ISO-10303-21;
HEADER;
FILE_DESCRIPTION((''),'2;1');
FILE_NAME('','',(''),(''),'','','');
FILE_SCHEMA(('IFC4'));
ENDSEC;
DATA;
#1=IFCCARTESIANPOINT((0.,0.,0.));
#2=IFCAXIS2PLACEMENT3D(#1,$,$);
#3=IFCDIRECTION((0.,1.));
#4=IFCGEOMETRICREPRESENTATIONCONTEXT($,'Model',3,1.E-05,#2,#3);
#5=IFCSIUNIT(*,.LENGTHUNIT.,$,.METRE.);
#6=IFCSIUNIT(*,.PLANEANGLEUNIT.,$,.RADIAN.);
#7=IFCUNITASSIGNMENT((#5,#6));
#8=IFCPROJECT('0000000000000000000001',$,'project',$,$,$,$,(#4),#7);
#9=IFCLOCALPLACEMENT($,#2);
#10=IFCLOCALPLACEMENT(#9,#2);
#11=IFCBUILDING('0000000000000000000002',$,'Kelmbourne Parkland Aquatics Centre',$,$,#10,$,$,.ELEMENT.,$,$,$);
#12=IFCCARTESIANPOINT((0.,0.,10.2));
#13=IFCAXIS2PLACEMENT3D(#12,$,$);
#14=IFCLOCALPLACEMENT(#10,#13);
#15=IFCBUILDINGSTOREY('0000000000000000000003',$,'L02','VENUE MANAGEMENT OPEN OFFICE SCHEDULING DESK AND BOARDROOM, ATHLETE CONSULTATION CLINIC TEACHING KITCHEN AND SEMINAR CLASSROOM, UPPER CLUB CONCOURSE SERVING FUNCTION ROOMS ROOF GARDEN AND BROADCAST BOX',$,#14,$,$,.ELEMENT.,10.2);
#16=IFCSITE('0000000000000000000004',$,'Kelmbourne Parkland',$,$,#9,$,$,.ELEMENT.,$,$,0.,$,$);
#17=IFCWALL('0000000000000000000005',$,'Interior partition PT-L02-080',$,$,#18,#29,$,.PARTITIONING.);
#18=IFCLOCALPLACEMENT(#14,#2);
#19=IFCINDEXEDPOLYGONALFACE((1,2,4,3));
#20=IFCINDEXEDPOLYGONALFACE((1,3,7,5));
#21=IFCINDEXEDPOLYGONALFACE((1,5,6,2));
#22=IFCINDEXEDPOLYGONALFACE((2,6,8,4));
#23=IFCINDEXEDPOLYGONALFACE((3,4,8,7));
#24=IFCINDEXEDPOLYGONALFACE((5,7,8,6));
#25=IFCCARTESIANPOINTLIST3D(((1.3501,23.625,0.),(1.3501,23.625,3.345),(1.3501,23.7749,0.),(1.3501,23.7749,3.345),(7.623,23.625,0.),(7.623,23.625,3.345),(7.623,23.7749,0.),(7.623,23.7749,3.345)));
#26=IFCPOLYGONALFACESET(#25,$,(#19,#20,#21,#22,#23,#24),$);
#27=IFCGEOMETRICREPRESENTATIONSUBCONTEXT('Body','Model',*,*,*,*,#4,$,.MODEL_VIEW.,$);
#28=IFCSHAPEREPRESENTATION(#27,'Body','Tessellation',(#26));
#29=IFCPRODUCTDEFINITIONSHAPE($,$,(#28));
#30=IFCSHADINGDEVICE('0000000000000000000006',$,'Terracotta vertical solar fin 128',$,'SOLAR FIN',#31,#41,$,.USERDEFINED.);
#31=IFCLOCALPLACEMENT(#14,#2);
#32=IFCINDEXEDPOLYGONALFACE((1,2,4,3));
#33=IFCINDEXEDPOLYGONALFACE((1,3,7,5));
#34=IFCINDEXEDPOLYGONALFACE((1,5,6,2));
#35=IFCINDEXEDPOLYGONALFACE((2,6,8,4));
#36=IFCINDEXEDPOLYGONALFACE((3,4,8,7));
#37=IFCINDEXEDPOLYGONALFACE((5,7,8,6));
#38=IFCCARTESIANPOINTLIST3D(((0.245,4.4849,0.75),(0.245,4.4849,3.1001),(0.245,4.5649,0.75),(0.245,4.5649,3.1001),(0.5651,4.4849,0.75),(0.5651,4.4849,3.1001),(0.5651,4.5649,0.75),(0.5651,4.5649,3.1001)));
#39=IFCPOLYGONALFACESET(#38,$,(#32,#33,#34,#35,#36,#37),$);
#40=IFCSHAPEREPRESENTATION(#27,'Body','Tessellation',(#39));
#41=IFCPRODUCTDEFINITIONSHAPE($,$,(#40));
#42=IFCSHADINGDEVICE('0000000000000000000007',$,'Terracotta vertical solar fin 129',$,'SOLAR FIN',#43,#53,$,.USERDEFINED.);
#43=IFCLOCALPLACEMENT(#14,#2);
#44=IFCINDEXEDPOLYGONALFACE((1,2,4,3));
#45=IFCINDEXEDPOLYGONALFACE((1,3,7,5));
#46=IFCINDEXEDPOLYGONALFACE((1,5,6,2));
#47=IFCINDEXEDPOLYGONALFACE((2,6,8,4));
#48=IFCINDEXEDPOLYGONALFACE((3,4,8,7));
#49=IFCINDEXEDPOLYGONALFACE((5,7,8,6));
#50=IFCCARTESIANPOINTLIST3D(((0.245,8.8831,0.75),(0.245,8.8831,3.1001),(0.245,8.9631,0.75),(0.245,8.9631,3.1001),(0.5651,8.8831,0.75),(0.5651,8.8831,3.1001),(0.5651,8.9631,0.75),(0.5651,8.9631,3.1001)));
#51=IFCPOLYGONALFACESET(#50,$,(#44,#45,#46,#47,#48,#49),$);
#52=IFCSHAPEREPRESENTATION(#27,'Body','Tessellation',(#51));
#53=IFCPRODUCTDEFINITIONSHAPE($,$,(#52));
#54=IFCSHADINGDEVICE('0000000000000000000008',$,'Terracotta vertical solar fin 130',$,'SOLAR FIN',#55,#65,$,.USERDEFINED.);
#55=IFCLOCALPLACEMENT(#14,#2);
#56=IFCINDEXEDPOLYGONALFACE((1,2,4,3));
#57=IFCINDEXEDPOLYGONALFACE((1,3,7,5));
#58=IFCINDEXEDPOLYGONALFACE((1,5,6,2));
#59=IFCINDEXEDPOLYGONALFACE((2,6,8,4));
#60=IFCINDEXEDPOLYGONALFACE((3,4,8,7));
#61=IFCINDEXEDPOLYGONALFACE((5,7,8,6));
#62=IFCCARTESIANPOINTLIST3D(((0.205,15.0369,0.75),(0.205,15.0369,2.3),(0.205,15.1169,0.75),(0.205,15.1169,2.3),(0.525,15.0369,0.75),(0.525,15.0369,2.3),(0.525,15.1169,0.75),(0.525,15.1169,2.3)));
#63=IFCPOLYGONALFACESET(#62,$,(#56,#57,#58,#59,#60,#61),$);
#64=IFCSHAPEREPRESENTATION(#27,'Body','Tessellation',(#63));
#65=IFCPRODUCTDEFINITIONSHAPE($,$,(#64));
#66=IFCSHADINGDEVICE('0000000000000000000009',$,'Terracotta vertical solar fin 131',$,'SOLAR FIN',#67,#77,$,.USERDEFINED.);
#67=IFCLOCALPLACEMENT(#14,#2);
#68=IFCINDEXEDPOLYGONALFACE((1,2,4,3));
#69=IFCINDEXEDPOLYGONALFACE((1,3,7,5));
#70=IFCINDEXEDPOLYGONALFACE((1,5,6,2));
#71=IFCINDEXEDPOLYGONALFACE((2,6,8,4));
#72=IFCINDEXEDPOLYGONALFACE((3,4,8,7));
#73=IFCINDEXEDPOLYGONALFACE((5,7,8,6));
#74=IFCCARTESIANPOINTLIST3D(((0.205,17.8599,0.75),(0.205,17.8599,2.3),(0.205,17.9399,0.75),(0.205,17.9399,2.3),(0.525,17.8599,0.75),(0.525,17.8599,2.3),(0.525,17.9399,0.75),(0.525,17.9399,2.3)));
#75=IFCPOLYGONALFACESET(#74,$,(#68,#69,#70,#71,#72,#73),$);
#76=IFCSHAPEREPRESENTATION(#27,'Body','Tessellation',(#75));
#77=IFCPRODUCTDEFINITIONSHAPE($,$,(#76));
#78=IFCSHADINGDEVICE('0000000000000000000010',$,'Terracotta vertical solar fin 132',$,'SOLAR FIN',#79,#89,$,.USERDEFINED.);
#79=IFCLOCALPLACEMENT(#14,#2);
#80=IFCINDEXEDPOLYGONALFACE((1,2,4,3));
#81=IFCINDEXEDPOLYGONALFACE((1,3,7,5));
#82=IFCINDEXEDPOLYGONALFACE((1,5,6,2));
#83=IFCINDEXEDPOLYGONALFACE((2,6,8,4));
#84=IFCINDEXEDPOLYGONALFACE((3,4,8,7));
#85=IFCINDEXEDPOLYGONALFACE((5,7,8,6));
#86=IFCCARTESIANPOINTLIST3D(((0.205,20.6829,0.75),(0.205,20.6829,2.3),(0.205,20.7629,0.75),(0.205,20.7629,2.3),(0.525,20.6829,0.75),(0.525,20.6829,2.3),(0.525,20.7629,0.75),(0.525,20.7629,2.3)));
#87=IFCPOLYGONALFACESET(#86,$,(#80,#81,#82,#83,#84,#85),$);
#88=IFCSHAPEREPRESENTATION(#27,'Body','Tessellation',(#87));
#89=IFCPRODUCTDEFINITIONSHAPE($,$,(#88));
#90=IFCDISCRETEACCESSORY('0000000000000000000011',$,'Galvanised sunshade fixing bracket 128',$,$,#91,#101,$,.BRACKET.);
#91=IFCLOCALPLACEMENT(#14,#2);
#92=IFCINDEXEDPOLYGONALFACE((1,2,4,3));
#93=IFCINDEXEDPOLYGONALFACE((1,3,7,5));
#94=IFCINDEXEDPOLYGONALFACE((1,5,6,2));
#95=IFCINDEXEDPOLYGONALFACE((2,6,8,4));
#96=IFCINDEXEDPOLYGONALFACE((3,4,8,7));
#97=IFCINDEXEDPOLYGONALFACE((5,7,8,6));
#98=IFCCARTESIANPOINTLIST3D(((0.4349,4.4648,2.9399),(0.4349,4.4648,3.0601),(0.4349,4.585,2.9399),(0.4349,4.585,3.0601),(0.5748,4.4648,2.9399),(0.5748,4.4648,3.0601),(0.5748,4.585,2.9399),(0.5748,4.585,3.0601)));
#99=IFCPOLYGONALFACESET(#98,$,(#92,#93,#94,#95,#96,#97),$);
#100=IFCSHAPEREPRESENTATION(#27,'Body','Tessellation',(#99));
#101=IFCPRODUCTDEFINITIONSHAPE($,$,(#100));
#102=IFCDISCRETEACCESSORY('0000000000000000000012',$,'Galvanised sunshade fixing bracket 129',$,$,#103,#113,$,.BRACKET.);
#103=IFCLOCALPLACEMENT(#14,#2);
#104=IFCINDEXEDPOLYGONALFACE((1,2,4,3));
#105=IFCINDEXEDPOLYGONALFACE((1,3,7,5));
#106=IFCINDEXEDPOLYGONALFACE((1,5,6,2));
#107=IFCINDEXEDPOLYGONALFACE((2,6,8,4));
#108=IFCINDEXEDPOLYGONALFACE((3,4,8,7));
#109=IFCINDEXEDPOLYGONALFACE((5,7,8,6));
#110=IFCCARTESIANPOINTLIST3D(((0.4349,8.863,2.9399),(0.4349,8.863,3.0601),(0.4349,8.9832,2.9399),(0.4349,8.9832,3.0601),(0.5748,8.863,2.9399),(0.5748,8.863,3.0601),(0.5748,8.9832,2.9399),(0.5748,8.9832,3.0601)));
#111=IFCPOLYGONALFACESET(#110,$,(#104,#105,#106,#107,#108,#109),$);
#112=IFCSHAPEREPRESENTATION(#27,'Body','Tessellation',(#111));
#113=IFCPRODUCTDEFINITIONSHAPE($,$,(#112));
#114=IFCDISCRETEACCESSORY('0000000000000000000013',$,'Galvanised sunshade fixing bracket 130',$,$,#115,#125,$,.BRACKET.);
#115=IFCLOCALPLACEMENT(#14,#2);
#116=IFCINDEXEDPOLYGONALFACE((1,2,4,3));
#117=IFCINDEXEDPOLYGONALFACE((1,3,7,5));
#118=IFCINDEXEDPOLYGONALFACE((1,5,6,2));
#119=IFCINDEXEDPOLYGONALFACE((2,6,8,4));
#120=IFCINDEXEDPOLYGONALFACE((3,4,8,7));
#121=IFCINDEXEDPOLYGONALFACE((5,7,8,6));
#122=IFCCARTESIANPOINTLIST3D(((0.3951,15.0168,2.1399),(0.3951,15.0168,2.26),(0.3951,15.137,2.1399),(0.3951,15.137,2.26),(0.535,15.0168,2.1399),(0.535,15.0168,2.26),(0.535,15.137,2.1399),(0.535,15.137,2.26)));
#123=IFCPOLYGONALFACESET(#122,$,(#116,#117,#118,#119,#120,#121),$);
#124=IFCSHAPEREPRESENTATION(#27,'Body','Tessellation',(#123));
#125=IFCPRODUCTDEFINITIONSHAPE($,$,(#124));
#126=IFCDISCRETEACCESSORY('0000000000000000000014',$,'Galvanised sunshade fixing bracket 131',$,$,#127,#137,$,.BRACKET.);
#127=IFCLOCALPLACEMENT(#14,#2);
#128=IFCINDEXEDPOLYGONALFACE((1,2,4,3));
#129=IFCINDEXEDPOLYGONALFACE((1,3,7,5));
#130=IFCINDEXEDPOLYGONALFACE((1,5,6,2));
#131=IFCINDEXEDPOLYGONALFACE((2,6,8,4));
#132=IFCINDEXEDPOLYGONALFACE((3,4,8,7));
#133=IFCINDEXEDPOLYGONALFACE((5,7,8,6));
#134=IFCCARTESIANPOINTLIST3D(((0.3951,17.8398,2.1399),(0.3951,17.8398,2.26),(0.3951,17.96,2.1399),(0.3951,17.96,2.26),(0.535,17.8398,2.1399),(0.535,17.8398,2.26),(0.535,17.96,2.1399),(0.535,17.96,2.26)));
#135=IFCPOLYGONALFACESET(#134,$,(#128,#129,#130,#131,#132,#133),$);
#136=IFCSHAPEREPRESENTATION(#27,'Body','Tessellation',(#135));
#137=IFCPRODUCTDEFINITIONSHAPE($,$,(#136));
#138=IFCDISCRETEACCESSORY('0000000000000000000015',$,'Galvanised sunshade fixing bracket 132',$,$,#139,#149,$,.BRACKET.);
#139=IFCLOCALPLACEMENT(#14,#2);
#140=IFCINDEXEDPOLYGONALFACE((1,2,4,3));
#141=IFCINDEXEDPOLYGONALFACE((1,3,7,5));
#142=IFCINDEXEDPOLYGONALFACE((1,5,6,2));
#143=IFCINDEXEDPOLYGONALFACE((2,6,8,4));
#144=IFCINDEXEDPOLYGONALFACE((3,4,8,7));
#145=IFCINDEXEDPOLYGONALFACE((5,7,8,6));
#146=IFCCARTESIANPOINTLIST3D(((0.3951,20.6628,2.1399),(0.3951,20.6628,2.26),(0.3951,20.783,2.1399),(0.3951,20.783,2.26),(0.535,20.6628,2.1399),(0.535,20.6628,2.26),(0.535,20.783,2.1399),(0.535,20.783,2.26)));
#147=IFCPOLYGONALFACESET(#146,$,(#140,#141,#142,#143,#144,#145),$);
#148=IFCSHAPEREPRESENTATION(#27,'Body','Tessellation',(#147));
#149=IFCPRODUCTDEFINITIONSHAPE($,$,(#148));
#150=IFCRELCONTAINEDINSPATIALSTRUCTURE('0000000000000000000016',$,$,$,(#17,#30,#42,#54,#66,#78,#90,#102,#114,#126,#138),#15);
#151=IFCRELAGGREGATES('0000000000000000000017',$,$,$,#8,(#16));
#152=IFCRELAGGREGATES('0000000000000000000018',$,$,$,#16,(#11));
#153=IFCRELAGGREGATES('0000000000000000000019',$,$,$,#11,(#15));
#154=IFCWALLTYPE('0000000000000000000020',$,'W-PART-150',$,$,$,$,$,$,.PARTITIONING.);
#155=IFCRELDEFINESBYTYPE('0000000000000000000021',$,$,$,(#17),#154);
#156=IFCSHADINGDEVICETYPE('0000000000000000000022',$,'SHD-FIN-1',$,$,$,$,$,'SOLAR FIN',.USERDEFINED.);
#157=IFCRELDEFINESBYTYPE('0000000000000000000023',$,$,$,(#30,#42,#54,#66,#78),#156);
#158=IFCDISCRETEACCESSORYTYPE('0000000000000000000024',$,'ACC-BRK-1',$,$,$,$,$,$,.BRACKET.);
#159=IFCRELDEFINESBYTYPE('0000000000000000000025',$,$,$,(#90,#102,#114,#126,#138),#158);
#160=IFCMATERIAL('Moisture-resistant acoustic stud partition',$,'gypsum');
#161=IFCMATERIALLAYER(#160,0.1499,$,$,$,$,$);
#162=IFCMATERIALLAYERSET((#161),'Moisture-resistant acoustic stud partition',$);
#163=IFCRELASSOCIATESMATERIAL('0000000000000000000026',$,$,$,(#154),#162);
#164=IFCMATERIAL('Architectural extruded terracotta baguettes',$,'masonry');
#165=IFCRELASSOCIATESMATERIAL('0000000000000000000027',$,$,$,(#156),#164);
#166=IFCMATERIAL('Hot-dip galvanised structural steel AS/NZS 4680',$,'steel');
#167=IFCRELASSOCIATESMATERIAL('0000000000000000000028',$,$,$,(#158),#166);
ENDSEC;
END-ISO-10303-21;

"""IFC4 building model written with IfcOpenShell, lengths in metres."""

from ifc_helpers import new_model, si_unit, direction, frame, frame_2d, origin, origin_2d, place, context, subcontext, project, spatial, rectangle, extrude, material, layer, layer_set, type_object, element, save


model = new_model("IFC4")

# Units and contexts
model_context = context("Model", 3, precision=1e-05, world=origin(), true_north=direction((0.0, 1.0)))
body_context = subcontext(model_context, "Body", "Model", "MODEL_VIEW")
ifc_project = project(units=[si_unit("LENGTHUNIT", "METRE"), si_unit("PLANEANGLEUNIT", "RADIAN")], contexts=[model_context])

# Site, building, storey
site_placement = place(None, origin())
site = spatial("IfcSite", under=ifc_project, at=site_placement, Name="Kelmbourne Parkland", CompositionType="ELEMENT", RefElevation=0.0)
building_placement = place(site_placement, origin())
building = spatial("IfcBuilding", under=site, at=building_placement, Name="Kelmbourne Parkland Aquatics Centre", CompositionType="ELEMENT")
storey_placement = place(building_placement, frame((0.0, 0.0, 10.2)))
storey = spatial("IfcBuildingStorey", under=building, at=storey_placement, Name="L02", Description="VENUE MANAGEMENT OPEN OFFICE SCHEDULING DESK AND BOARDROOM, ATHLETE CONSULTATION CLINIC TEACHING KITCHEN AND SEMINAR CLASSROOM, UPPER CLUB CONCOURSE SERVING FUNCTION ROOMS ROOF GARDEN AND BROADCAST BOX", CompositionType="ELEMENT", Elevation=10.2)

# Wall
ifc_material_1 = material(Name="Moisture-resistant acoustic stud partition", Category="gypsum")
ifc_layer_1 = layer(ifc_material_1, 0.1499)
ifc_layer_set_1 = layer_set([ifc_layer_1], Name="Moisture-resistant acoustic stud partition")
wall_type_1 = type_object("IfcWallType", Name="W-PART-150", PredefinedType="PARTITIONING", material=ifc_layer_set_1)
wall_1_placement = place(storey_placement, frame((1.3501, 23.7, 0.0), z_axis=(0.0, 0.0, 1.0), x_axis=(1.0, 0.0, 0.0)))
element("IfcWall", 1, at=wall_1_placement, inside=storey, type_object=wall_type_1, Name="Interior partition PT-L02-080", PredefinedType="PARTITIONING", context=body_context, shape_type="SweptSolid", body=[
    extrude(rectangle(XDim=6.2729, YDim=0.1499, at=frame_2d((3.1365, 0.0))), origin(), (0.0, 0.0, 1.0), 3.345),
])

# Shading devices
ifc_material_2 = material(Name="Architectural extruded terracotta baguettes", Category="masonry")
shading_device_type = type_object("IfcShadingDeviceType", Name="SHD-FIN-1", ElementType="SOLAR FIN", PredefinedType="USERDEFINED", material=ifc_material_2)
for number, where, z_axis, x_axis, name in (
    (2, (0.405, 4.5249, 0.75), (0.0, 0.0, 1.0), (0.0, 1.0, 0.0), "Terracotta vertical solar fin 128"),
    (3, (0.405, 8.9231, 0.75), (0.0, 0.0, 1.0), (0.0, 1.0, 0.0), "Terracotta vertical solar fin 129"),
):
    element("IfcShadingDevice", number, at=place(storey_placement, frame(where, z_axis=z_axis, x_axis=x_axis)), inside=storey, type_object=shading_device_type, Name=name, ObjectType="SOLAR FIN", PredefinedType="USERDEFINED", context=body_context, shape_type="SweptSolid", body=[
        extrude(rectangle(XDim=0.0801, YDim=0.3201, at=origin_2d()), origin(), (0.0, 0.0, 1.0), 2.3501),
    ])
for number, where, z_axis, x_axis, name in (
    (4, (0.365, 15.0769, 0.75), (0.0, 0.0, 1.0), (0.0, 1.0, 0.0), "Terracotta vertical solar fin 130"),
    (5, (0.365, 17.8999, 0.75), (0.0, 0.0, 1.0), (0.0, 1.0, 0.0), "Terracotta vertical solar fin 131"),
    (6, (0.365, 20.7229, 0.75), (0.0, 0.0, 1.0), (0.0, 1.0, 0.0), "Terracotta vertical solar fin 132"),
):
    element("IfcShadingDevice", number, at=place(storey_placement, frame(where, z_axis=z_axis, x_axis=x_axis)), inside=storey, type_object=shading_device_type, Name=name, ObjectType="SOLAR FIN", PredefinedType="USERDEFINED", context=body_context, shape_type="SweptSolid", body=[
        extrude(rectangle(XDim=0.0801, YDim=0.3201, at=origin_2d()), origin(), (0.0, 0.0, 1.0), 1.55),
    ])

# Discrete accessories
ifc_material_3 = material(Name="Hot-dip galvanised structural steel AS/NZS 4680", Category="steel")
discrete_accessory_type = type_object("IfcDiscreteAccessoryType", Name="ACC-BRK-1", PredefinedType="BRACKET", material=ifc_material_3)
for number, where, z_axis, x_axis, name in (
    (7, (0.5049, 4.5249, 2.9399), (0.0, 0.0, 1.0), (0.0, 1.0, 0.0), "Galvanised sunshade fixing bracket 128"),
    (8, (0.5049, 8.9231, 2.9399), (0.0, 0.0, 1.0), (0.0, 1.0, 0.0), "Galvanised sunshade fixing bracket 129"),
    (9, (0.4651, 15.0769, 2.1399), (0.0, 0.0, 1.0), (0.0, 1.0, 0.0), "Galvanised sunshade fixing bracket 130"),
    (10, (0.4651, 17.8999, 2.1399), (0.0, 0.0, 1.0), (0.0, 1.0, 0.0), "Galvanised sunshade fixing bracket 131"),
    (11, (0.4651, 20.7229, 2.1399), (0.0, 0.0, 1.0), (0.0, 1.0, 0.0), "Galvanised sunshade fixing bracket 132"),
):
    element("IfcDiscreteAccessory", number, at=place(storey_placement, frame(where, z_axis=z_axis, x_axis=x_axis)), inside=storey, type_object=discrete_accessory_type, Name=name, PredefinedType="BRACKET", context=body_context, shape_type="SweptSolid", body=[
        extrude(rectangle(XDim=0.1201, YDim=0.1399, at=origin_2d()), origin(), (0.0, 0.0, 1.0), 0.1201),
    ])

save(model, "model.ifc")
